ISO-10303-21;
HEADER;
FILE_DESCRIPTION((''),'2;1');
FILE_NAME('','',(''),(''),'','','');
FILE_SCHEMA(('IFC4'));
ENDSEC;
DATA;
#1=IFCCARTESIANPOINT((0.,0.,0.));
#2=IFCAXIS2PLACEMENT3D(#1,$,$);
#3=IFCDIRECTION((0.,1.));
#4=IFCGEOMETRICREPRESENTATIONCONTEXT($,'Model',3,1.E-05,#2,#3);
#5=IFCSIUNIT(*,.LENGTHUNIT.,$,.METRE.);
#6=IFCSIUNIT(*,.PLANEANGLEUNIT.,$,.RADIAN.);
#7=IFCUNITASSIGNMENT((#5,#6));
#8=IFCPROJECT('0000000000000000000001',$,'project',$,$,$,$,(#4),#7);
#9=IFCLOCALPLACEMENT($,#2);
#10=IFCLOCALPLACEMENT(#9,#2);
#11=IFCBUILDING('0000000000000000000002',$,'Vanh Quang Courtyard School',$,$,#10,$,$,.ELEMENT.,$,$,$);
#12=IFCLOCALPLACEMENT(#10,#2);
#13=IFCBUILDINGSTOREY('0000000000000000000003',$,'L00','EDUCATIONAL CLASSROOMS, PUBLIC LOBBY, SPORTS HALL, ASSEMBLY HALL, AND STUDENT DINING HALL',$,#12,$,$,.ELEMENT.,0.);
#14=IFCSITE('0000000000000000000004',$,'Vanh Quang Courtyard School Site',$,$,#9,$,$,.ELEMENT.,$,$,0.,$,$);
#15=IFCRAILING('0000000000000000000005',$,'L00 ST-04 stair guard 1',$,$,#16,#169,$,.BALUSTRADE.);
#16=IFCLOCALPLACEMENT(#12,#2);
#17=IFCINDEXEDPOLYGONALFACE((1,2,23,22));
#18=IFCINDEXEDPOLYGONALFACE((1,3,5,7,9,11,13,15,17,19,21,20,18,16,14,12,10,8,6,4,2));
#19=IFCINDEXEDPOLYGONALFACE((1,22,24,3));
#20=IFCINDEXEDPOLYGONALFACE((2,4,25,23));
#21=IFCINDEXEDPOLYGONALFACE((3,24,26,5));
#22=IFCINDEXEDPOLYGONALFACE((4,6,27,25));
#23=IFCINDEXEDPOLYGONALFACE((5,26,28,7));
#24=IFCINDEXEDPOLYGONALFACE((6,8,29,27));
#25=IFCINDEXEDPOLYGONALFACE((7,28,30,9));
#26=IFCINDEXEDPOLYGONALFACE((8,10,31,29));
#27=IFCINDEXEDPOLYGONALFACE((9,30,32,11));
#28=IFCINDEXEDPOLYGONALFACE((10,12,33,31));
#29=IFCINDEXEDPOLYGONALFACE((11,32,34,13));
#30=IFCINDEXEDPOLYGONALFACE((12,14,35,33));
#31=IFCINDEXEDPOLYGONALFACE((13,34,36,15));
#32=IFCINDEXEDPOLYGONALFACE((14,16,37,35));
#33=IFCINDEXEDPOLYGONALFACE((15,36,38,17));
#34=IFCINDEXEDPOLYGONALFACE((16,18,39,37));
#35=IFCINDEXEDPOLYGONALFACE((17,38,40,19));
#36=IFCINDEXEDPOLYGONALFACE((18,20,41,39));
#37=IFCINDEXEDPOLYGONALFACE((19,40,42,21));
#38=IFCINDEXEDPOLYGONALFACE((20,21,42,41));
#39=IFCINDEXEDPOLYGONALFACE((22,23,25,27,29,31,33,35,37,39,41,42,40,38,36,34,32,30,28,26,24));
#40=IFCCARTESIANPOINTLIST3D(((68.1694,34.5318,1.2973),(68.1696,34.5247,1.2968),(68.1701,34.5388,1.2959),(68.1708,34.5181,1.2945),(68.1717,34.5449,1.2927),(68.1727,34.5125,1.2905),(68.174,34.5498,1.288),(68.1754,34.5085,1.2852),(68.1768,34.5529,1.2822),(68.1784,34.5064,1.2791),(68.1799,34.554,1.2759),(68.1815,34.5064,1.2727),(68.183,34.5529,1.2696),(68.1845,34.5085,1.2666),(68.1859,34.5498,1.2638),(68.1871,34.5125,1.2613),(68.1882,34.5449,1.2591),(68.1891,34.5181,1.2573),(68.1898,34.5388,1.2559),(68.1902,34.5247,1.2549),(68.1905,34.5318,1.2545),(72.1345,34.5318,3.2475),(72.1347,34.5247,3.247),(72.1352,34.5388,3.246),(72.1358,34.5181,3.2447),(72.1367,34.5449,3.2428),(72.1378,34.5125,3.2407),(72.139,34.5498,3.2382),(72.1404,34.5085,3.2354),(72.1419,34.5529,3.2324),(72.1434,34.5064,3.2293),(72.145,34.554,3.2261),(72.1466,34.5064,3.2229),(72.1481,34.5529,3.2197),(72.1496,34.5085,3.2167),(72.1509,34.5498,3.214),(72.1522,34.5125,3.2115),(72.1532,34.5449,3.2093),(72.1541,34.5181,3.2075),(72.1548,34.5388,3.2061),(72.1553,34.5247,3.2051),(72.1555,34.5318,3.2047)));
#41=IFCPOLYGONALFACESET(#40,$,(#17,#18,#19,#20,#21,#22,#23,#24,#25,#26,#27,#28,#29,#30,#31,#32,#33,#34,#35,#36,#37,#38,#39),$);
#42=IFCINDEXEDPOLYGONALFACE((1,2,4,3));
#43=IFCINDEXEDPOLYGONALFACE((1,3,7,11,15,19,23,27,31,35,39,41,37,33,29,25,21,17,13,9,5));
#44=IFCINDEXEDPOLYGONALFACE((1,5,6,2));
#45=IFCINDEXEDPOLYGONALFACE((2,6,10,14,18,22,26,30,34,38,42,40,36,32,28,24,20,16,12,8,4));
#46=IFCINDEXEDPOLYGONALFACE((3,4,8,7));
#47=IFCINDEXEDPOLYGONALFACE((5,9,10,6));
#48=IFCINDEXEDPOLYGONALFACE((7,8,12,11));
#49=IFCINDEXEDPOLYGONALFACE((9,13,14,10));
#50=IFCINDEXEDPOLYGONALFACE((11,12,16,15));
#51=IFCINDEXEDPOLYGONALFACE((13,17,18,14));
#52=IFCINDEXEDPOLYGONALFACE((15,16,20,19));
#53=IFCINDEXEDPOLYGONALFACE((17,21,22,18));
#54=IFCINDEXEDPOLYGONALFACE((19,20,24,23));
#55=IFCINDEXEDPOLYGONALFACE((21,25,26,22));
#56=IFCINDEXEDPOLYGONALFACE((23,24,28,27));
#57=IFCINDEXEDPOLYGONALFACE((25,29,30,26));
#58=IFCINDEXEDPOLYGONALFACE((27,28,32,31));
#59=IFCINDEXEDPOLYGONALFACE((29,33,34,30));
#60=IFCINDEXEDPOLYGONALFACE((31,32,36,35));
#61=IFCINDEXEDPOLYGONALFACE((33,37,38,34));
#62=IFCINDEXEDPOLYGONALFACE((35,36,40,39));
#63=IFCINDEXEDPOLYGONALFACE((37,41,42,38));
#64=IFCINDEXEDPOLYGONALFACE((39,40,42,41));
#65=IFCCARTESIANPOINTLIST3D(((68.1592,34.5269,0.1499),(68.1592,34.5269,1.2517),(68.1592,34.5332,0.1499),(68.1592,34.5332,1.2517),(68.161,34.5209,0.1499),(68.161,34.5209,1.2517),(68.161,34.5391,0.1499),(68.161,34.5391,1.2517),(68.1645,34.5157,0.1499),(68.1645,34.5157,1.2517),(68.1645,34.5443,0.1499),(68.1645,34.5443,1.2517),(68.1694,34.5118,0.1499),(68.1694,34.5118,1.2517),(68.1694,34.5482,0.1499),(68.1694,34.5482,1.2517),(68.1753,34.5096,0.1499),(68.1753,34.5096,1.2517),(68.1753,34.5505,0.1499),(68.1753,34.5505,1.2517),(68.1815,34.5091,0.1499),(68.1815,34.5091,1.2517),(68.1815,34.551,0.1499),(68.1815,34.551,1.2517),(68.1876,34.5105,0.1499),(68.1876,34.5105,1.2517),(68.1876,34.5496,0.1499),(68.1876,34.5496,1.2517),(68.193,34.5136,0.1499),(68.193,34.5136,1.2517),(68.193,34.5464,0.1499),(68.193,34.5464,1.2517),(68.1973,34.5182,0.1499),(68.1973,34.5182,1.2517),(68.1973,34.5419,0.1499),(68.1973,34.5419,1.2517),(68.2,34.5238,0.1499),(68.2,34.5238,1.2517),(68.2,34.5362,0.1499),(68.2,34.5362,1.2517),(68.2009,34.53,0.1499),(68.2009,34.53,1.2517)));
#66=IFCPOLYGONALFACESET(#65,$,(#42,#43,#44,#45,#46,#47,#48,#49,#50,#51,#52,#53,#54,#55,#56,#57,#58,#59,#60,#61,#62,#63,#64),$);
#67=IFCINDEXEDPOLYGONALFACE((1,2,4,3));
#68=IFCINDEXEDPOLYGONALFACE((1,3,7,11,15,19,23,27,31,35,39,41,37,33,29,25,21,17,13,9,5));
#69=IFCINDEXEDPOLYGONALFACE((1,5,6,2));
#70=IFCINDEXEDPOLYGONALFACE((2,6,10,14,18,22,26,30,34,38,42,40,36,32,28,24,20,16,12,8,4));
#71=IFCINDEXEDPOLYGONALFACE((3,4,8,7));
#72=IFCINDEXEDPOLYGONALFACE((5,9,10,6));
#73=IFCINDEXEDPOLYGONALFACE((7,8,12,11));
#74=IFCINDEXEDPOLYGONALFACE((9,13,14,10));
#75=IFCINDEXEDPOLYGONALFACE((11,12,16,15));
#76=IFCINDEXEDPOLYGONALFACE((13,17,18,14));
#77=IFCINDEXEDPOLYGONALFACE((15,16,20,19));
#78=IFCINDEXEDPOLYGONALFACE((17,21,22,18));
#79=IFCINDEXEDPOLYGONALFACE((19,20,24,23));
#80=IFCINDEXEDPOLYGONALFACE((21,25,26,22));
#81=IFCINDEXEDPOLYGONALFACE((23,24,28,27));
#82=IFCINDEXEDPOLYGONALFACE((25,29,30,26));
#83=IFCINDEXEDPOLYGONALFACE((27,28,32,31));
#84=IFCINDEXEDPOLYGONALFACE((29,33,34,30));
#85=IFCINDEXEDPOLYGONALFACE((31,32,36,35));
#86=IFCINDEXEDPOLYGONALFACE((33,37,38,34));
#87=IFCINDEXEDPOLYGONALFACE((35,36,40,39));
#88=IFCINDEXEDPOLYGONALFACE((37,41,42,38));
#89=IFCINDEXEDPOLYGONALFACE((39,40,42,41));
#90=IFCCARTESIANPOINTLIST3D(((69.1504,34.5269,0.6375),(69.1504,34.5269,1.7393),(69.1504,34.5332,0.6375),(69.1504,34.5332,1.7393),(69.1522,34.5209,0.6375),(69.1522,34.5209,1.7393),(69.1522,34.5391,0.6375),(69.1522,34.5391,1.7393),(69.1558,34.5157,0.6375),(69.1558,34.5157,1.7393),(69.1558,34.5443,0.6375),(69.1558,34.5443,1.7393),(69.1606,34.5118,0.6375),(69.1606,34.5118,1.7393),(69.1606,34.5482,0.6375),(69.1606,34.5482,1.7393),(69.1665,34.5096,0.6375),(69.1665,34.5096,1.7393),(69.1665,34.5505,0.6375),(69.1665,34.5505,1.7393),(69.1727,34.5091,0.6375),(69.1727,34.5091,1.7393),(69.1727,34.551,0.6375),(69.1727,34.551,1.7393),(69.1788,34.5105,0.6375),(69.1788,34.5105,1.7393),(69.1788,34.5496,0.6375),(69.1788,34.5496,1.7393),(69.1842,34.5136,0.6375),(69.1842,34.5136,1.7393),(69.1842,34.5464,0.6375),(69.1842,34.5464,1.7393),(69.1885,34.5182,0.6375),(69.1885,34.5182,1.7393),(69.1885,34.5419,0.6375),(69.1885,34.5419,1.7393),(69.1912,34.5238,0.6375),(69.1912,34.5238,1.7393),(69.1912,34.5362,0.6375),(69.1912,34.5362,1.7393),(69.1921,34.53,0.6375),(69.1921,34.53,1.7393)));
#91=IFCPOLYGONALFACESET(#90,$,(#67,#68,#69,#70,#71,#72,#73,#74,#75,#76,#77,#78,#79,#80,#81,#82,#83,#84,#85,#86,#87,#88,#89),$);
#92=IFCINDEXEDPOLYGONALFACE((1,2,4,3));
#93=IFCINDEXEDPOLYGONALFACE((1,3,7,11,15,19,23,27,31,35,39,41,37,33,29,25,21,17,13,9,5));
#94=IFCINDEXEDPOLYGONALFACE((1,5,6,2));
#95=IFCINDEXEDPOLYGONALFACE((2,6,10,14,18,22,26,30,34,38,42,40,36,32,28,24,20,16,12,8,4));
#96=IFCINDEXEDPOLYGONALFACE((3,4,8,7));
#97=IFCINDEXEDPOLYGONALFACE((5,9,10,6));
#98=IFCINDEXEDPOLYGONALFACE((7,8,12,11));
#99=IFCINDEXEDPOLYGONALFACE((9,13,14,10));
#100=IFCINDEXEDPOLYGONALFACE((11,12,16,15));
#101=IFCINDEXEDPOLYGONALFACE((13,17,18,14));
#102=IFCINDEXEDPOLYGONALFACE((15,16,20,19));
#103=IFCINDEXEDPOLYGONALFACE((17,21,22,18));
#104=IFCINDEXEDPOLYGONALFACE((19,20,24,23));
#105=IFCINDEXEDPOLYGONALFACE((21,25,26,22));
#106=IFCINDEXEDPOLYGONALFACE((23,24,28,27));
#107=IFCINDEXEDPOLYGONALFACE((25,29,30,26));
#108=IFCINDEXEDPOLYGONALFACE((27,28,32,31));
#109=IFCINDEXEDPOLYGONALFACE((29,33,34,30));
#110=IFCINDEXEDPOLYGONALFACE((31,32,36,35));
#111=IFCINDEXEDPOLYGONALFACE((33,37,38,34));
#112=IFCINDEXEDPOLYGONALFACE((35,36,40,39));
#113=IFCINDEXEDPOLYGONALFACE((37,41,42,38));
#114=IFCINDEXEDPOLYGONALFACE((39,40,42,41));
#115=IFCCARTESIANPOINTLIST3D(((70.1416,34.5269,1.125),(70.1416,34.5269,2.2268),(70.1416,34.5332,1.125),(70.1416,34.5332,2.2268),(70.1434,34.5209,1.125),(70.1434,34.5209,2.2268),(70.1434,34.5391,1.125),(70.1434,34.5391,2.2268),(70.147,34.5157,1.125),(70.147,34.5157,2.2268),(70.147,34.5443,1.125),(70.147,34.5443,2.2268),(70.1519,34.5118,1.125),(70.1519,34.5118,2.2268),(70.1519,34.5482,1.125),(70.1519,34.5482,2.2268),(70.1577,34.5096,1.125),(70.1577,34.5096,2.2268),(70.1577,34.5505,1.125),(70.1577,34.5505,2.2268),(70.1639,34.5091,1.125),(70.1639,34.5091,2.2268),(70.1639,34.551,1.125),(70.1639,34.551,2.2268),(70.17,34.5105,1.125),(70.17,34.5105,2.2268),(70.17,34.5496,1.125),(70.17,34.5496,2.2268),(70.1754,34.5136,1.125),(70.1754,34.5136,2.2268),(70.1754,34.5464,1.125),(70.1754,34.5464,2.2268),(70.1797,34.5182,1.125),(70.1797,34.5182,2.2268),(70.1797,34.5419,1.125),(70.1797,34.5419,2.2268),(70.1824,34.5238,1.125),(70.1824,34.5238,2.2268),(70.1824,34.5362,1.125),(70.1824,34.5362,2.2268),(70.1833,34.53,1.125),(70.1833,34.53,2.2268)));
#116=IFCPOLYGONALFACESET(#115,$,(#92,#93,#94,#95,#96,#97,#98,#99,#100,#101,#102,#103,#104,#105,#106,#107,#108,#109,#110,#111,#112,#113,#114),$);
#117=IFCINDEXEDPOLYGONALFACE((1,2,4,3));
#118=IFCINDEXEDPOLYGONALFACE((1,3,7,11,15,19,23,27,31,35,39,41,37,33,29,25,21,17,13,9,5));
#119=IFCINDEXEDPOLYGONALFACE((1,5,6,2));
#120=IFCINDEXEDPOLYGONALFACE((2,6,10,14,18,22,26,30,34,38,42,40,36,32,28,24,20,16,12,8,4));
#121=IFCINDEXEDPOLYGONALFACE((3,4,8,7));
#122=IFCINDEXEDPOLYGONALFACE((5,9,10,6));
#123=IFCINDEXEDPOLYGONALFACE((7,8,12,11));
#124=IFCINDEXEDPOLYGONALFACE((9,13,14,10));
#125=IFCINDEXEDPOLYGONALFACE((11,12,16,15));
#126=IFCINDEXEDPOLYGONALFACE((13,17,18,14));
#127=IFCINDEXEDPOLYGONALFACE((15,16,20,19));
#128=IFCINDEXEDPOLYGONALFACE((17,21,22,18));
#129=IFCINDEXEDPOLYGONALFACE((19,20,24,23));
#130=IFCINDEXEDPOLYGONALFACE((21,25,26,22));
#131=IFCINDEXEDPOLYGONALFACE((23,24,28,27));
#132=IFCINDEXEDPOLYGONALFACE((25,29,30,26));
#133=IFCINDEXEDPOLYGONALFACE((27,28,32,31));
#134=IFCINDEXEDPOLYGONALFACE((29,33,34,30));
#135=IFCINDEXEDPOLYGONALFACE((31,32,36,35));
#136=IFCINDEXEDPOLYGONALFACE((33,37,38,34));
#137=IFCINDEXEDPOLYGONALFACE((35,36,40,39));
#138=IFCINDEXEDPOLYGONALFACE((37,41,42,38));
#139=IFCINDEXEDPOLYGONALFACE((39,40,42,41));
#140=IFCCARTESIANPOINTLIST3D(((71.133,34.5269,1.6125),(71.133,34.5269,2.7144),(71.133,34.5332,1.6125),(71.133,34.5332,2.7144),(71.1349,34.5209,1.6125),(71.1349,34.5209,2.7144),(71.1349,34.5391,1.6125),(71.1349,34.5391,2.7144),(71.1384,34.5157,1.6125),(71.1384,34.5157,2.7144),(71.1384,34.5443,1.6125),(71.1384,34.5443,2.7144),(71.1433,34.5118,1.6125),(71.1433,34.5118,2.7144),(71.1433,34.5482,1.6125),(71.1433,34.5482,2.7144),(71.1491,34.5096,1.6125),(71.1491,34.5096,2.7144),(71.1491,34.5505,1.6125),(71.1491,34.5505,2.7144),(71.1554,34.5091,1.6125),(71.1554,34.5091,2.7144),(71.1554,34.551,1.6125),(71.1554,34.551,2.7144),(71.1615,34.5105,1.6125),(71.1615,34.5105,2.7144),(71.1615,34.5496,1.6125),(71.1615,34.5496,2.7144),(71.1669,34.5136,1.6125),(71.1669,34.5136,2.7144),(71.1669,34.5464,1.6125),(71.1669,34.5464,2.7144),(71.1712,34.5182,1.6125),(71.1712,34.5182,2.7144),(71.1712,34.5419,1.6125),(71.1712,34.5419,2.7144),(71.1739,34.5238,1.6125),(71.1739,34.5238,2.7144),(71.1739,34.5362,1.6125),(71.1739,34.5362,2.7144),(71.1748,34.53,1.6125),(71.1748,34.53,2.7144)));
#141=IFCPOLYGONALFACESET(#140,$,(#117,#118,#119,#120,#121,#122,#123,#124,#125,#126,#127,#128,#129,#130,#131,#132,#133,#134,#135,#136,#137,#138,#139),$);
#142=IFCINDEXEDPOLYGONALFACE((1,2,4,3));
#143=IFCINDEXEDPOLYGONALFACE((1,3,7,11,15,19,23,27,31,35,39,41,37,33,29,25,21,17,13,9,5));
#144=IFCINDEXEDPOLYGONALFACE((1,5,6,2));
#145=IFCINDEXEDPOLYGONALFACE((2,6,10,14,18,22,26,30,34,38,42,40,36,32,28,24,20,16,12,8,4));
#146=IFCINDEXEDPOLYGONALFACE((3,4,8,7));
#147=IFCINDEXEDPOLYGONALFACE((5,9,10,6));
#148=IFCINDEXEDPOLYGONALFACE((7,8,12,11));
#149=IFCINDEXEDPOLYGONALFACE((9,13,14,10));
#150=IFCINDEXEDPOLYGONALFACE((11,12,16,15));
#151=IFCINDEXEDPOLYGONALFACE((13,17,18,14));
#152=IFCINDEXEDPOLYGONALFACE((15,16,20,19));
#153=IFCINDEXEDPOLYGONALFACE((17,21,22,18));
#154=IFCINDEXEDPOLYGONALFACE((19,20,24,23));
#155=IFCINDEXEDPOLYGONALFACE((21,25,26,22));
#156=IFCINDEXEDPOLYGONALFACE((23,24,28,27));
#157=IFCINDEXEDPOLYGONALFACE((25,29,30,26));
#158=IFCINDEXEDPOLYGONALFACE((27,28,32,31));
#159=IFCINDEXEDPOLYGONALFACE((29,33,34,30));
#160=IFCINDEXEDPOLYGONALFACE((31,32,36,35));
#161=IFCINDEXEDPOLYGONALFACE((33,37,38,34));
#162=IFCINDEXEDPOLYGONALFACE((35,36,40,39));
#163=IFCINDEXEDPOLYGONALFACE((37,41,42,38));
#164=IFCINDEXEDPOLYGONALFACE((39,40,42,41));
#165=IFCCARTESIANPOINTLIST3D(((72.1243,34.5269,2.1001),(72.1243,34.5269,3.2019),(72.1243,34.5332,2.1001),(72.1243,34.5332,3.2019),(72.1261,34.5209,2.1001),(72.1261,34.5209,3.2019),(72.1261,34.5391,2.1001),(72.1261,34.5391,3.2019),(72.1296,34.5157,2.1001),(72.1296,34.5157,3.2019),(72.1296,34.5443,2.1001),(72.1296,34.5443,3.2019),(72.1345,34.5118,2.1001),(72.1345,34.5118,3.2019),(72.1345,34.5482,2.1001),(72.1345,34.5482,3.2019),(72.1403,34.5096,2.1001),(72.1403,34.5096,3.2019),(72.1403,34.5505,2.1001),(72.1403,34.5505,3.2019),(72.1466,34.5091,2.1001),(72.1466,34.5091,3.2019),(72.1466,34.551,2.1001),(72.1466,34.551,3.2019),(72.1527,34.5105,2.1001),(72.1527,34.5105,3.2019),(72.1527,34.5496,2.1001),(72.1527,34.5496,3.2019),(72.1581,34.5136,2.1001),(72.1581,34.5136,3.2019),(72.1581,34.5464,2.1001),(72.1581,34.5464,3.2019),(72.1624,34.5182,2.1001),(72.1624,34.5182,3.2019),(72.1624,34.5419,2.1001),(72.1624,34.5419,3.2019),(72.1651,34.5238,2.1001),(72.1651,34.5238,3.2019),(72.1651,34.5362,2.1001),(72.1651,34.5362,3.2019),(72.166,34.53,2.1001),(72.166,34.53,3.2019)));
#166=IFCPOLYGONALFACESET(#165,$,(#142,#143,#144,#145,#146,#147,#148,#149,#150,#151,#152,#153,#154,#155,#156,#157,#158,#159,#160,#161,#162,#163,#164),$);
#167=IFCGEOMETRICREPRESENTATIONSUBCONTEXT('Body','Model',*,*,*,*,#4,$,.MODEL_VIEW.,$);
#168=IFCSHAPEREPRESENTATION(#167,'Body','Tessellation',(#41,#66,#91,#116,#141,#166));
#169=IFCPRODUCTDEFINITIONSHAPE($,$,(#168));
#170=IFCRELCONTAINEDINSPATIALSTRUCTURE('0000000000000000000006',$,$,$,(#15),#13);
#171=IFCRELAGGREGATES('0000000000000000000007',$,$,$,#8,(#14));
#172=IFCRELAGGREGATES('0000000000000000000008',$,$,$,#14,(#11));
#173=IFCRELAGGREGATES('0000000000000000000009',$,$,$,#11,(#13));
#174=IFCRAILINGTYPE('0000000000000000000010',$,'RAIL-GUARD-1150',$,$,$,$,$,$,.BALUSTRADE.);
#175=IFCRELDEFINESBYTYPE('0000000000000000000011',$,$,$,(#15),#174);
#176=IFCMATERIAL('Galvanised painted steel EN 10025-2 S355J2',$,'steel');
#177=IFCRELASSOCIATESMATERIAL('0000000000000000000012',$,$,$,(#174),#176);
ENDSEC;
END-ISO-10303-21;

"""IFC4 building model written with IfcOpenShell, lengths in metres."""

from ifc_helpers import new_model, si_unit, direction, frame, origin, origin_2d, place, context, subcontext, project, spatial, circle, extrude, material, type_object, element, save


model = new_model("IFC4")

# Units and contexts
model_context = context("Model", 3, precision=1e-05, world=origin(), true_north=direction((0.0, 1.0)))
body_context = subcontext(model_context, "Body", "Model", "MODEL_VIEW")
ifc_project = project(units=[si_unit("LENGTHUNIT", "METRE"), si_unit("PLANEANGLEUNIT", "RADIAN")], contexts=[model_context])

# Site, building, storey
site_placement = place(None, origin())
site = spatial("IfcSite", under=ifc_project, at=site_placement, Name="Vanh Quang Courtyard School Site", CompositionType="ELEMENT", RefElevation=0.0)
building_placement = place(site_placement, origin())
building = spatial("IfcBuilding", under=site, at=building_placement, Name="Vanh Quang Courtyard School", CompositionType="ELEMENT")
storey_placement = place(building_placement, origin())
storey = spatial("IfcBuildingStorey", under=building, at=storey_placement, Name="L00", Description="EDUCATIONAL CLASSROOMS, PUBLIC LOBBY, SPORTS HALL, ASSEMBLY HALL, AND STUDENT DINING HALL", CompositionType="ELEMENT", Elevation=0.0)

# Railing
ifc_material_1 = material(Name="Galvanised painted steel EN 10025-2 S355J2", Category="steel")
railing_type_1 = type_object("IfcRailingType", Name="RAIL-GUARD-1150", PredefinedType="BALUSTRADE", material=ifc_material_1)
railing_1_placement = place(storey_placement, frame((68.1799, 34.53, 0.1499)))
element("IfcRailing", 1, at=railing_1_placement, inside=storey, type_object=railing_type_1, Name="L00 ST-04 stair guard 1", PredefinedType="BALUSTRADE", context=body_context, shape_type="SweptSolid", body=[
    extrude(circle(Radius=0.0239, at=origin_2d()), frame((0.0, 0.0, 1.126), z_axis=(0.897336, 0.0, 0.441347), x_axis=(0.0, 1.0, 0.0)), (0.0, 0.0, 1.0), 4.4187),
    extrude(circle(Radius=0.021, at=origin_2d()), origin(), (0.0, 0.0, 1.0), 1.1018),
    extrude(circle(Radius=0.021, at=origin_2d()), frame((0.9912, 0.0, 0.4875)), (0.0, 0.0, 1.0), 1.1018),
    extrude(circle(Radius=0.021, at=origin_2d()), frame((1.9824, 0.0, 0.9751)), (0.0, 0.0, 1.0), 1.1018),
    extrude(circle(Radius=0.021, at=origin_2d()), frame((2.9739, 0.0, 1.4626)), (0.0, 0.0, 1.0), 1.1018),
    extrude(circle(Radius=0.021, at=origin_2d()), frame((3.9651, 0.0, 1.9502)), (0.0, 0.0, 1.0), 1.1018),
])

save(model, "model.ifc")
